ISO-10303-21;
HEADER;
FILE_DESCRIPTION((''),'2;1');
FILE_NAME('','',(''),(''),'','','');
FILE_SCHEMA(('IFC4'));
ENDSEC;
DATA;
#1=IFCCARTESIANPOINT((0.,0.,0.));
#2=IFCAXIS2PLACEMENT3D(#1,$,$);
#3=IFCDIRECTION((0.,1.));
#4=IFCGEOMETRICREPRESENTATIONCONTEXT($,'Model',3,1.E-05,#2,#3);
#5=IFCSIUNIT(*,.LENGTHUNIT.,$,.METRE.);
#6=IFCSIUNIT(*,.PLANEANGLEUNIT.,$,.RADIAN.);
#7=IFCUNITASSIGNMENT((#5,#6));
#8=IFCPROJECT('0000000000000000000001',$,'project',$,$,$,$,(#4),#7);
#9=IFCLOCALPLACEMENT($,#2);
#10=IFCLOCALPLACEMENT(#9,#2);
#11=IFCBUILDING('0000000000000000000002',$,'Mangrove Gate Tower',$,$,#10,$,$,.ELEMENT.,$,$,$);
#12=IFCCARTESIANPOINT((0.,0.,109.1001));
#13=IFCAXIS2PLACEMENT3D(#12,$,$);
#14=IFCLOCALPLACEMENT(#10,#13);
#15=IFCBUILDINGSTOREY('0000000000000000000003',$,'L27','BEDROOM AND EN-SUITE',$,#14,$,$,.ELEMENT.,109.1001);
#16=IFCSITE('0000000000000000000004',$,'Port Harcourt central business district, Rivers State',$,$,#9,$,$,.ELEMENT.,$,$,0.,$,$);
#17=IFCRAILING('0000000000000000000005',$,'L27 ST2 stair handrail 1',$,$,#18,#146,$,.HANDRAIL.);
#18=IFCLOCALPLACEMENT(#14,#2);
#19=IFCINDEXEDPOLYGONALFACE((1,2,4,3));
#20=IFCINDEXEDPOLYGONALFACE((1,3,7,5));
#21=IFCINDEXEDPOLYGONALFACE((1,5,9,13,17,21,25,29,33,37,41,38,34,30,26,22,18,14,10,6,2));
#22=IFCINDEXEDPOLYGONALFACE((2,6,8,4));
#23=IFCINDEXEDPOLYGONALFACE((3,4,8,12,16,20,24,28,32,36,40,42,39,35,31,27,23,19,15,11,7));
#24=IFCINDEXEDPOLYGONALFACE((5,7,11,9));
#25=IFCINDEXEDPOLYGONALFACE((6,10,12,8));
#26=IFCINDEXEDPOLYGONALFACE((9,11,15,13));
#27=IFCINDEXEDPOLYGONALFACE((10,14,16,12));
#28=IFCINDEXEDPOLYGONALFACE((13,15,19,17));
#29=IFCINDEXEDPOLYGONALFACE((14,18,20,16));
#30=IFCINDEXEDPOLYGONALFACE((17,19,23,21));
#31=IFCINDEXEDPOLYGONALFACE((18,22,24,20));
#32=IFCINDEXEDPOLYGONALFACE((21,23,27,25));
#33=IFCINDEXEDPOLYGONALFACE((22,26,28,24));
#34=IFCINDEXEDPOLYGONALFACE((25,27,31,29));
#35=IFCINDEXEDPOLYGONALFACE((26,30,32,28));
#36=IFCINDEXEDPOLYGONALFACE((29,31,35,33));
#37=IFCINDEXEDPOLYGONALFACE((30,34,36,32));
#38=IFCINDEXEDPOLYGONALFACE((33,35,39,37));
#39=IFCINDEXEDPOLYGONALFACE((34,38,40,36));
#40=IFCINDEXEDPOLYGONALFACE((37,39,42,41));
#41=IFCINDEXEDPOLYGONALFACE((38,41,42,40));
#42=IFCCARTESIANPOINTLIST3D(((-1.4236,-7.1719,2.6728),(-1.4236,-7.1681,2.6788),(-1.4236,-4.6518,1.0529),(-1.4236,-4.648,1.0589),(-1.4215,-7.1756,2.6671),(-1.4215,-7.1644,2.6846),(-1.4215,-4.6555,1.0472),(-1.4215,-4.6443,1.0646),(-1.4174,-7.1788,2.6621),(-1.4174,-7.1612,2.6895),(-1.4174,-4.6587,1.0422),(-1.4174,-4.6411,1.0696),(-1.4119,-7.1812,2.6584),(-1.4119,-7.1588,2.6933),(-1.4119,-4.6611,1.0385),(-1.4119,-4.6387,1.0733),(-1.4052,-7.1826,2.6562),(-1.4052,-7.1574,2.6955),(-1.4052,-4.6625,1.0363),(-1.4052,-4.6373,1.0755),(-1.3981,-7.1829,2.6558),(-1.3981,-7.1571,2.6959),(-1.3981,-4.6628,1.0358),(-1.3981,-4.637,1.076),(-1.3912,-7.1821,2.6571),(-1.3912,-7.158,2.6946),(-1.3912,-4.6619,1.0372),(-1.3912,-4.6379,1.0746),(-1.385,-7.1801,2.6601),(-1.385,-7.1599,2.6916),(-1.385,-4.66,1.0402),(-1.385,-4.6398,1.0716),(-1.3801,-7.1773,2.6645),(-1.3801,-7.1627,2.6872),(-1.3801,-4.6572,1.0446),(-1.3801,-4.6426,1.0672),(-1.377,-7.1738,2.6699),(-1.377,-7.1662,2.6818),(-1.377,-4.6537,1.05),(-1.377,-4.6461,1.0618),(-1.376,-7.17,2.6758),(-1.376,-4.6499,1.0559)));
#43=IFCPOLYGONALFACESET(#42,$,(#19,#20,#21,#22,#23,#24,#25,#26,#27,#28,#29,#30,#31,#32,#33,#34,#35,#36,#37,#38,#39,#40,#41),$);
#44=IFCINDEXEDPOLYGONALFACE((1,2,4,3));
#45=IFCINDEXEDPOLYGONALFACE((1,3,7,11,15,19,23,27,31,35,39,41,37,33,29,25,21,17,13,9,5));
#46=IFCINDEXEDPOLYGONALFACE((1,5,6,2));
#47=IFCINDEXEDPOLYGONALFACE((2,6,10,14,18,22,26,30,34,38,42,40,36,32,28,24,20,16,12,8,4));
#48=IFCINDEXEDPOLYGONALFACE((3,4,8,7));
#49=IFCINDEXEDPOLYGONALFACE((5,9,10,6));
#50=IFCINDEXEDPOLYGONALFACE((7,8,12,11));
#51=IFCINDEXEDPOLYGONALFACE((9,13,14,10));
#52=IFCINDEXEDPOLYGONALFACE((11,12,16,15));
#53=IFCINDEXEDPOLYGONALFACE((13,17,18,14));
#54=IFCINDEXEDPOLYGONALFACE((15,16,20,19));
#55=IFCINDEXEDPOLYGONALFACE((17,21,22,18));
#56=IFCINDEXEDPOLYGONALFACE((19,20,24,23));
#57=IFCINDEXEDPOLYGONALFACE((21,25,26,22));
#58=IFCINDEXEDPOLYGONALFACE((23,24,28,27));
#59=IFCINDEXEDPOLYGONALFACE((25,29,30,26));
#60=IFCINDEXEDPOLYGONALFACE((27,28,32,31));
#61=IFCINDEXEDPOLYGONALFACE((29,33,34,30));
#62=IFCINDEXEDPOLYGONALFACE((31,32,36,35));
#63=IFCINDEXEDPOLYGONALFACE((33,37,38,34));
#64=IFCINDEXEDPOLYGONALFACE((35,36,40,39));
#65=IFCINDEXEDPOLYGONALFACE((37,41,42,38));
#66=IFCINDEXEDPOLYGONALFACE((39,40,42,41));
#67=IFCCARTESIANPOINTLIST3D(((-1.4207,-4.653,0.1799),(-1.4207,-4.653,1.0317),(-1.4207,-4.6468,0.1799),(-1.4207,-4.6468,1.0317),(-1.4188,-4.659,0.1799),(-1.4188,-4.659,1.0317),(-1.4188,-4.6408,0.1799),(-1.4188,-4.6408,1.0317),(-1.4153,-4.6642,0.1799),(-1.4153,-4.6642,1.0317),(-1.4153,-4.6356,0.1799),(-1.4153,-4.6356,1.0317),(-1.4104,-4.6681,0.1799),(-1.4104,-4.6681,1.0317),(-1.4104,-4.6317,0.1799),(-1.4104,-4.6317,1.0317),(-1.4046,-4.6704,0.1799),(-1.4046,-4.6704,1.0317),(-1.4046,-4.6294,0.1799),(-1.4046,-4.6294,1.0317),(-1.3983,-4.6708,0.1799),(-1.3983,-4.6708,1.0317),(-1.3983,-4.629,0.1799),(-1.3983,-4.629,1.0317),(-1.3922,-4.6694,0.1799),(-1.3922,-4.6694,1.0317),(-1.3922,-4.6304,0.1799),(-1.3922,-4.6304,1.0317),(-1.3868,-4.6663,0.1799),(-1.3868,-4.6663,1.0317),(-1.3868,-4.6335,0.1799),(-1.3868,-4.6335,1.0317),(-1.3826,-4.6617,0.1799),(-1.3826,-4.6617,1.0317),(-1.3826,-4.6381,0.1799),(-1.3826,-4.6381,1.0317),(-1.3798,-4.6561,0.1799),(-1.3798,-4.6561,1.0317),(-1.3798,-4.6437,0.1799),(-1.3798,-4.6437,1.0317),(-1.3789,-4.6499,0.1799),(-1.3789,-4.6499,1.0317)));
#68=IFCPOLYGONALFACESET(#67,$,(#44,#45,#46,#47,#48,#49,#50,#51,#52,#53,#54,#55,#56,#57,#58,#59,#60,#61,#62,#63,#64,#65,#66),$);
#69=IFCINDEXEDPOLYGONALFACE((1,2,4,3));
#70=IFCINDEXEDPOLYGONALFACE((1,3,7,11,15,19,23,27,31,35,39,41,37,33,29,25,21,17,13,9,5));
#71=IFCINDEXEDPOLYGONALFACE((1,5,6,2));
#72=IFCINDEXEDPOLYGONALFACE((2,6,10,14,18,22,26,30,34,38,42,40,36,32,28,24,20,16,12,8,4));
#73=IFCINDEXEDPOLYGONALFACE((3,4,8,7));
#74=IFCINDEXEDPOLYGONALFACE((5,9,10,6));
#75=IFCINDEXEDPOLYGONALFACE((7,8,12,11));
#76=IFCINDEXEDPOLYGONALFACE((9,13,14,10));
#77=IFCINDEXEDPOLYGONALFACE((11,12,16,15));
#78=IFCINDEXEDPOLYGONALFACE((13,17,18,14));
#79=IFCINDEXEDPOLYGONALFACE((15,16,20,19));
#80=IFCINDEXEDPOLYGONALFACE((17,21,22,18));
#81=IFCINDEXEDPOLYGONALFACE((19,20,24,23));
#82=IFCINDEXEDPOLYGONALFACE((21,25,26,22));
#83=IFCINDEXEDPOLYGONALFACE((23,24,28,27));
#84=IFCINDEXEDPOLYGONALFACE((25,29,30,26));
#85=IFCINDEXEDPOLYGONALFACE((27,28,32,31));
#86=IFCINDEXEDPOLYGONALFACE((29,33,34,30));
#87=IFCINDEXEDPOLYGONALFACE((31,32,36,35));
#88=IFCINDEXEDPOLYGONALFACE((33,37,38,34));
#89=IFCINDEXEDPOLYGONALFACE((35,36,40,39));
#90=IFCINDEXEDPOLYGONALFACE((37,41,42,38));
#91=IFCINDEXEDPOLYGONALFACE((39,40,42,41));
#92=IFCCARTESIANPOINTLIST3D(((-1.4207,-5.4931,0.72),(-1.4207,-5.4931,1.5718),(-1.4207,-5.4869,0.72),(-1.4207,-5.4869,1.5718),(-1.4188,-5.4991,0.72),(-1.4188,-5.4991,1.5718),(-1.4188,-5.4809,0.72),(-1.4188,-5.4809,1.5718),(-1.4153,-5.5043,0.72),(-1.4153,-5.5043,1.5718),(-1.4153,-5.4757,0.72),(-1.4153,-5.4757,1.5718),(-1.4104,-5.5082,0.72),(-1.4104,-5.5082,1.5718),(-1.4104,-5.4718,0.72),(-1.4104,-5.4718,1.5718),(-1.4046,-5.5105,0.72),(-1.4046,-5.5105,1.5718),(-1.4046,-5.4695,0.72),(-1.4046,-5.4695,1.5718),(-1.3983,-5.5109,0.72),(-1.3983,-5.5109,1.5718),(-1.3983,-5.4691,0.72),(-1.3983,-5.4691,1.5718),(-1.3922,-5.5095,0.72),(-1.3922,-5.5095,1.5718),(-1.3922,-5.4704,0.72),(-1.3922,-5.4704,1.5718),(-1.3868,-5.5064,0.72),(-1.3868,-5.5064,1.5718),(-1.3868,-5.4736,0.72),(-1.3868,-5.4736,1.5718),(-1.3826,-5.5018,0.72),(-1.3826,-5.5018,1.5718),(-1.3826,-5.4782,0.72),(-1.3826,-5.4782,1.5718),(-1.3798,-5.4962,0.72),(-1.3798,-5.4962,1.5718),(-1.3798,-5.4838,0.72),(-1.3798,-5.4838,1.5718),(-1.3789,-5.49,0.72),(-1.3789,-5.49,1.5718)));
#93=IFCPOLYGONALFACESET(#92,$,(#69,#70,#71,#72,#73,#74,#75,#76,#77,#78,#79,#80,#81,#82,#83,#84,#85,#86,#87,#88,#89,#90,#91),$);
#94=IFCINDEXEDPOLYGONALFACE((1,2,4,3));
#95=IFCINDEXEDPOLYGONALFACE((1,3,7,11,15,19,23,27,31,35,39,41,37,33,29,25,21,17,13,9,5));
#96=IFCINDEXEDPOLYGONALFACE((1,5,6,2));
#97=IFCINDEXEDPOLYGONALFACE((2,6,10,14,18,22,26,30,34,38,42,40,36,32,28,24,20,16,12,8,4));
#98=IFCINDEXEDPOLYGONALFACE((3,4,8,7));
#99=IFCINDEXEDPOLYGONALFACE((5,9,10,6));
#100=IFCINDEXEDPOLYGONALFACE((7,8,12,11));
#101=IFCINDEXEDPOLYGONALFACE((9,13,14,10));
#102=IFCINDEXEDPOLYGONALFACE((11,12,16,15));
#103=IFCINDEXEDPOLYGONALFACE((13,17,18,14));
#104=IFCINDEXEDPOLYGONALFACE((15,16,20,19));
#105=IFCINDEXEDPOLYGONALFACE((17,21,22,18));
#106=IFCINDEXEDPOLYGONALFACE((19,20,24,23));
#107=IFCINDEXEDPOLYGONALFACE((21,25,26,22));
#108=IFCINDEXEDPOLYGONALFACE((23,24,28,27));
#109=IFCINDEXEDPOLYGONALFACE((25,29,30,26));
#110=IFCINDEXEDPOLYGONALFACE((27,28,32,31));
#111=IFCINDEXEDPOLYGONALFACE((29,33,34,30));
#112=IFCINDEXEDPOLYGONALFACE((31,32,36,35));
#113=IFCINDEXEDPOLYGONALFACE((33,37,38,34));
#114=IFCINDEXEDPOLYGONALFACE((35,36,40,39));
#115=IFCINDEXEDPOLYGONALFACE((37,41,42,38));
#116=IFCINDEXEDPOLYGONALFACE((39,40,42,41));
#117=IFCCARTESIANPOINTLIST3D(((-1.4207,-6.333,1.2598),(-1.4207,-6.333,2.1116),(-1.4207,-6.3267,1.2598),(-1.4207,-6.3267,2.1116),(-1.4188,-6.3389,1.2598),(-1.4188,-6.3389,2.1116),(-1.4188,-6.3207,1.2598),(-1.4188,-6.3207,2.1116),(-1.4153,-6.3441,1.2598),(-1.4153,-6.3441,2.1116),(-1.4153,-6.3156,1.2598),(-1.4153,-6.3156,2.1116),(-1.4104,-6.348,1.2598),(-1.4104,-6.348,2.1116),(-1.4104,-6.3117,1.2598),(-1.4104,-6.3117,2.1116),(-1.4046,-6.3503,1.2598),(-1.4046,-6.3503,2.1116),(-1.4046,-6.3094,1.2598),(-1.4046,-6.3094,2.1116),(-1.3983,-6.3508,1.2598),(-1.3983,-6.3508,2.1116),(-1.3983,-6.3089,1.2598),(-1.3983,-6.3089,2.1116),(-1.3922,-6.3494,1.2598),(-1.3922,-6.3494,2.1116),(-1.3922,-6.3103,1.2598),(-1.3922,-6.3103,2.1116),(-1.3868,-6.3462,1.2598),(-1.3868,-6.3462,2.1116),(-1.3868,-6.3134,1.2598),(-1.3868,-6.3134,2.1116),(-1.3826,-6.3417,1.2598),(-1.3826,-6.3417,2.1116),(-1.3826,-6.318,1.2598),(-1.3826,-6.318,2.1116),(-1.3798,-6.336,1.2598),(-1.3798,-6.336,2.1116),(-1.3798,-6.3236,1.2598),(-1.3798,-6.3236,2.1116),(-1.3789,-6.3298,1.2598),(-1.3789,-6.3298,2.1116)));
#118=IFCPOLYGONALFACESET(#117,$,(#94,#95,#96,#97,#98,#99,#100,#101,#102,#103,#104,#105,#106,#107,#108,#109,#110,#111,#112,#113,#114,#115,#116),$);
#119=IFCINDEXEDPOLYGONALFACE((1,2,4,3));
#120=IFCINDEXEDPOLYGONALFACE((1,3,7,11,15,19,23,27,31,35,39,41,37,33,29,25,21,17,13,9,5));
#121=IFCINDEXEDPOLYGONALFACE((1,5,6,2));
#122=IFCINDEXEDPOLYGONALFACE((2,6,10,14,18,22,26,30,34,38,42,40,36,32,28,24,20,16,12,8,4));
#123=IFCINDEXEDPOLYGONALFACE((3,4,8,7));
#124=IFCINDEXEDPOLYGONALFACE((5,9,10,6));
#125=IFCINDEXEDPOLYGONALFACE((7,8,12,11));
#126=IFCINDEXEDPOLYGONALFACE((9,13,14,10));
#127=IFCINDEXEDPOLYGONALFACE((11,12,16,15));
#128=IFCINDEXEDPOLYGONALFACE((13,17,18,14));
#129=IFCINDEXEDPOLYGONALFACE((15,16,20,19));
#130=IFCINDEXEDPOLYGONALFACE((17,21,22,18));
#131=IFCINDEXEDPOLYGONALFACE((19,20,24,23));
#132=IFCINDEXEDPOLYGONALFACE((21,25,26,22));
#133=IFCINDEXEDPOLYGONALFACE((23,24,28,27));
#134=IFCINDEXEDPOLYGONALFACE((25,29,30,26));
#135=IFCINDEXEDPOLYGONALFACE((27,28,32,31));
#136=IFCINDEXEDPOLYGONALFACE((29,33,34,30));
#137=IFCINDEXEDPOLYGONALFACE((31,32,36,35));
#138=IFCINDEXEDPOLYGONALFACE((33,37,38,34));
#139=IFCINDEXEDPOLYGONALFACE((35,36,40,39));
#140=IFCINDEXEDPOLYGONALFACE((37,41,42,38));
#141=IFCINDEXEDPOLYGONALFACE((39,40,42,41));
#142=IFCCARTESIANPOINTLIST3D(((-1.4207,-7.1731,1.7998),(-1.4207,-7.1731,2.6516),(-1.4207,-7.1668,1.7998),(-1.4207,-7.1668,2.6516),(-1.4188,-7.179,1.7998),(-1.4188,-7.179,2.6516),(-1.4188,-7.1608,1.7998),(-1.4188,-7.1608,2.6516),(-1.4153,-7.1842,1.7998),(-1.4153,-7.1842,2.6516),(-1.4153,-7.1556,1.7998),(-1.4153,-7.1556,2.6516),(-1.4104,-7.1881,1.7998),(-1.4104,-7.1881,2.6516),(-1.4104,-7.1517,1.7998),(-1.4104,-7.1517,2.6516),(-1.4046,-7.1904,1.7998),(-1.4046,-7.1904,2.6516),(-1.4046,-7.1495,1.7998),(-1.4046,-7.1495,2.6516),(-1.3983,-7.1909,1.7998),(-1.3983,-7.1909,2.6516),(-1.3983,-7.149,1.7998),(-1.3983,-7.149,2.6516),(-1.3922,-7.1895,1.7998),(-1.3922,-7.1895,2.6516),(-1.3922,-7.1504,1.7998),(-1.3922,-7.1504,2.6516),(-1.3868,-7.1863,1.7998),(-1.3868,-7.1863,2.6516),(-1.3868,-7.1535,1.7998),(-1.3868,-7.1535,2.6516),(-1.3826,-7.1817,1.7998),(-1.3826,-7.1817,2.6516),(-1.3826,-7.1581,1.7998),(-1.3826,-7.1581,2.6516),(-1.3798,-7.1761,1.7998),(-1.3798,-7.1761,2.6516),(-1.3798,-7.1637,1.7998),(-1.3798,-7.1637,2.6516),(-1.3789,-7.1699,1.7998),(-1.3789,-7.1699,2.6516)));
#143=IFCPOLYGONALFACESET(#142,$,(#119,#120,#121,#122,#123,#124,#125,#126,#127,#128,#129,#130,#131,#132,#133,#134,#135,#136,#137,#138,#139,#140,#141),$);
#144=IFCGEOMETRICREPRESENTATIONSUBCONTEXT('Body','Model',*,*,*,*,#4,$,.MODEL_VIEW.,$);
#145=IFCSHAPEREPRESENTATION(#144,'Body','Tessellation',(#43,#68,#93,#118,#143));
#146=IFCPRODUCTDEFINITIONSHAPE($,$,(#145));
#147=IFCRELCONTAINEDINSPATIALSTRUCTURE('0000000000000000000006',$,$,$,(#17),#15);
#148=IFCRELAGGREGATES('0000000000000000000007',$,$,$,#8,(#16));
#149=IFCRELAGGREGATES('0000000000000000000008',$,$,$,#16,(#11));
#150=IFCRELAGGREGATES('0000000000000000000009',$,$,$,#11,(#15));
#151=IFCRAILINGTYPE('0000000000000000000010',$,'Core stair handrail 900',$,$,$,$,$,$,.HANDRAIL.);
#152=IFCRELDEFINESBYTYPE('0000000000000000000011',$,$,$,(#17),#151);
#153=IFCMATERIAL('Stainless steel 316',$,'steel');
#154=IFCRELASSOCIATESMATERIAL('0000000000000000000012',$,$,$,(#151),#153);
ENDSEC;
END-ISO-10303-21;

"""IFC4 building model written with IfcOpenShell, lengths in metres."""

from ifc_helpers import new_model, si_unit, direction, frame, origin, origin_2d, place, context, subcontext, project, spatial, circle, extrude, material, type_object, element, save


model = new_model("IFC4")

# Units and contexts
model_context = context("Model", 3, precision=1e-05, world=origin(), true_north=direction((0.0, 1.0)))
body_context = subcontext(model_context, "Body", "Model", "MODEL_VIEW")
ifc_project = project(units=[si_unit("LENGTHUNIT", "METRE"), si_unit("PLANEANGLEUNIT", "RADIAN")], contexts=[model_context])

# Site, building, storey
site_placement = place(None, origin())
site = spatial("IfcSite", under=ifc_project, at=site_placement, Name="Port Harcourt central business district, Rivers State", CompositionType="ELEMENT", RefElevation=0.0)
building_placement = place(site_placement, origin())
building = spatial("IfcBuilding", under=site, at=building_placement, Name="Mangrove Gate Tower", CompositionType="ELEMENT")
storey_placement = place(building_placement, frame((0.0, 0.0, 109.1001)))
storey = spatial("IfcBuildingStorey", under=building, at=storey_placement, Name="L27", Description="BEDROOM AND EN-SUITE", CompositionType="ELEMENT", Elevation=109.1001)

# Railing
ifc_material_1 = material(Name="Stainless steel 316", Category="steel")
railing_type_1 = type_object("IfcRailingType", Name="Core stair handrail 900", PredefinedType="HANDRAIL", material=ifc_material_1)
railing_1_placement = place(storey_placement, frame((-1.3999, -4.6499, 0.1799)))
element("IfcRailing", 1, at=railing_1_placement, inside=storey, type_object=railing_type_1, Name="L27 ST2 stair handrail 1", PredefinedType="HANDRAIL", context=body_context, shape_type="SweptSolid", body=[
    extrude(circle(Radius=0.0239, at=origin_2d()), frame((0.0, 0.0, 0.876), z_axis=(0.0, -0.8412, 0.540725), x_axis=(1.0, 0.0, 0.0)), (0.0, 0.0, 1.0), 2.9958),
    extrude(circle(Radius=0.021, at=origin_2d()), origin(), (0.0, 0.0, 1.0), 0.8518),
    extrude(circle(Radius=0.021, at=origin_2d()), frame((0.0, -0.8401, 0.54)), (0.0, 0.0, 1.0), 0.8518),
    extrude(circle(Radius=0.021, at=origin_2d()), frame((0.0, -1.6799, 1.0798)), (0.0, 0.0, 1.0), 0.8518),
    extrude(circle(Radius=0.021, at=origin_2d()), frame((0.0, -2.52, 1.6199)), (0.0, 0.0, 1.0), 0.8518),
])

save(model, "model.ifc")
